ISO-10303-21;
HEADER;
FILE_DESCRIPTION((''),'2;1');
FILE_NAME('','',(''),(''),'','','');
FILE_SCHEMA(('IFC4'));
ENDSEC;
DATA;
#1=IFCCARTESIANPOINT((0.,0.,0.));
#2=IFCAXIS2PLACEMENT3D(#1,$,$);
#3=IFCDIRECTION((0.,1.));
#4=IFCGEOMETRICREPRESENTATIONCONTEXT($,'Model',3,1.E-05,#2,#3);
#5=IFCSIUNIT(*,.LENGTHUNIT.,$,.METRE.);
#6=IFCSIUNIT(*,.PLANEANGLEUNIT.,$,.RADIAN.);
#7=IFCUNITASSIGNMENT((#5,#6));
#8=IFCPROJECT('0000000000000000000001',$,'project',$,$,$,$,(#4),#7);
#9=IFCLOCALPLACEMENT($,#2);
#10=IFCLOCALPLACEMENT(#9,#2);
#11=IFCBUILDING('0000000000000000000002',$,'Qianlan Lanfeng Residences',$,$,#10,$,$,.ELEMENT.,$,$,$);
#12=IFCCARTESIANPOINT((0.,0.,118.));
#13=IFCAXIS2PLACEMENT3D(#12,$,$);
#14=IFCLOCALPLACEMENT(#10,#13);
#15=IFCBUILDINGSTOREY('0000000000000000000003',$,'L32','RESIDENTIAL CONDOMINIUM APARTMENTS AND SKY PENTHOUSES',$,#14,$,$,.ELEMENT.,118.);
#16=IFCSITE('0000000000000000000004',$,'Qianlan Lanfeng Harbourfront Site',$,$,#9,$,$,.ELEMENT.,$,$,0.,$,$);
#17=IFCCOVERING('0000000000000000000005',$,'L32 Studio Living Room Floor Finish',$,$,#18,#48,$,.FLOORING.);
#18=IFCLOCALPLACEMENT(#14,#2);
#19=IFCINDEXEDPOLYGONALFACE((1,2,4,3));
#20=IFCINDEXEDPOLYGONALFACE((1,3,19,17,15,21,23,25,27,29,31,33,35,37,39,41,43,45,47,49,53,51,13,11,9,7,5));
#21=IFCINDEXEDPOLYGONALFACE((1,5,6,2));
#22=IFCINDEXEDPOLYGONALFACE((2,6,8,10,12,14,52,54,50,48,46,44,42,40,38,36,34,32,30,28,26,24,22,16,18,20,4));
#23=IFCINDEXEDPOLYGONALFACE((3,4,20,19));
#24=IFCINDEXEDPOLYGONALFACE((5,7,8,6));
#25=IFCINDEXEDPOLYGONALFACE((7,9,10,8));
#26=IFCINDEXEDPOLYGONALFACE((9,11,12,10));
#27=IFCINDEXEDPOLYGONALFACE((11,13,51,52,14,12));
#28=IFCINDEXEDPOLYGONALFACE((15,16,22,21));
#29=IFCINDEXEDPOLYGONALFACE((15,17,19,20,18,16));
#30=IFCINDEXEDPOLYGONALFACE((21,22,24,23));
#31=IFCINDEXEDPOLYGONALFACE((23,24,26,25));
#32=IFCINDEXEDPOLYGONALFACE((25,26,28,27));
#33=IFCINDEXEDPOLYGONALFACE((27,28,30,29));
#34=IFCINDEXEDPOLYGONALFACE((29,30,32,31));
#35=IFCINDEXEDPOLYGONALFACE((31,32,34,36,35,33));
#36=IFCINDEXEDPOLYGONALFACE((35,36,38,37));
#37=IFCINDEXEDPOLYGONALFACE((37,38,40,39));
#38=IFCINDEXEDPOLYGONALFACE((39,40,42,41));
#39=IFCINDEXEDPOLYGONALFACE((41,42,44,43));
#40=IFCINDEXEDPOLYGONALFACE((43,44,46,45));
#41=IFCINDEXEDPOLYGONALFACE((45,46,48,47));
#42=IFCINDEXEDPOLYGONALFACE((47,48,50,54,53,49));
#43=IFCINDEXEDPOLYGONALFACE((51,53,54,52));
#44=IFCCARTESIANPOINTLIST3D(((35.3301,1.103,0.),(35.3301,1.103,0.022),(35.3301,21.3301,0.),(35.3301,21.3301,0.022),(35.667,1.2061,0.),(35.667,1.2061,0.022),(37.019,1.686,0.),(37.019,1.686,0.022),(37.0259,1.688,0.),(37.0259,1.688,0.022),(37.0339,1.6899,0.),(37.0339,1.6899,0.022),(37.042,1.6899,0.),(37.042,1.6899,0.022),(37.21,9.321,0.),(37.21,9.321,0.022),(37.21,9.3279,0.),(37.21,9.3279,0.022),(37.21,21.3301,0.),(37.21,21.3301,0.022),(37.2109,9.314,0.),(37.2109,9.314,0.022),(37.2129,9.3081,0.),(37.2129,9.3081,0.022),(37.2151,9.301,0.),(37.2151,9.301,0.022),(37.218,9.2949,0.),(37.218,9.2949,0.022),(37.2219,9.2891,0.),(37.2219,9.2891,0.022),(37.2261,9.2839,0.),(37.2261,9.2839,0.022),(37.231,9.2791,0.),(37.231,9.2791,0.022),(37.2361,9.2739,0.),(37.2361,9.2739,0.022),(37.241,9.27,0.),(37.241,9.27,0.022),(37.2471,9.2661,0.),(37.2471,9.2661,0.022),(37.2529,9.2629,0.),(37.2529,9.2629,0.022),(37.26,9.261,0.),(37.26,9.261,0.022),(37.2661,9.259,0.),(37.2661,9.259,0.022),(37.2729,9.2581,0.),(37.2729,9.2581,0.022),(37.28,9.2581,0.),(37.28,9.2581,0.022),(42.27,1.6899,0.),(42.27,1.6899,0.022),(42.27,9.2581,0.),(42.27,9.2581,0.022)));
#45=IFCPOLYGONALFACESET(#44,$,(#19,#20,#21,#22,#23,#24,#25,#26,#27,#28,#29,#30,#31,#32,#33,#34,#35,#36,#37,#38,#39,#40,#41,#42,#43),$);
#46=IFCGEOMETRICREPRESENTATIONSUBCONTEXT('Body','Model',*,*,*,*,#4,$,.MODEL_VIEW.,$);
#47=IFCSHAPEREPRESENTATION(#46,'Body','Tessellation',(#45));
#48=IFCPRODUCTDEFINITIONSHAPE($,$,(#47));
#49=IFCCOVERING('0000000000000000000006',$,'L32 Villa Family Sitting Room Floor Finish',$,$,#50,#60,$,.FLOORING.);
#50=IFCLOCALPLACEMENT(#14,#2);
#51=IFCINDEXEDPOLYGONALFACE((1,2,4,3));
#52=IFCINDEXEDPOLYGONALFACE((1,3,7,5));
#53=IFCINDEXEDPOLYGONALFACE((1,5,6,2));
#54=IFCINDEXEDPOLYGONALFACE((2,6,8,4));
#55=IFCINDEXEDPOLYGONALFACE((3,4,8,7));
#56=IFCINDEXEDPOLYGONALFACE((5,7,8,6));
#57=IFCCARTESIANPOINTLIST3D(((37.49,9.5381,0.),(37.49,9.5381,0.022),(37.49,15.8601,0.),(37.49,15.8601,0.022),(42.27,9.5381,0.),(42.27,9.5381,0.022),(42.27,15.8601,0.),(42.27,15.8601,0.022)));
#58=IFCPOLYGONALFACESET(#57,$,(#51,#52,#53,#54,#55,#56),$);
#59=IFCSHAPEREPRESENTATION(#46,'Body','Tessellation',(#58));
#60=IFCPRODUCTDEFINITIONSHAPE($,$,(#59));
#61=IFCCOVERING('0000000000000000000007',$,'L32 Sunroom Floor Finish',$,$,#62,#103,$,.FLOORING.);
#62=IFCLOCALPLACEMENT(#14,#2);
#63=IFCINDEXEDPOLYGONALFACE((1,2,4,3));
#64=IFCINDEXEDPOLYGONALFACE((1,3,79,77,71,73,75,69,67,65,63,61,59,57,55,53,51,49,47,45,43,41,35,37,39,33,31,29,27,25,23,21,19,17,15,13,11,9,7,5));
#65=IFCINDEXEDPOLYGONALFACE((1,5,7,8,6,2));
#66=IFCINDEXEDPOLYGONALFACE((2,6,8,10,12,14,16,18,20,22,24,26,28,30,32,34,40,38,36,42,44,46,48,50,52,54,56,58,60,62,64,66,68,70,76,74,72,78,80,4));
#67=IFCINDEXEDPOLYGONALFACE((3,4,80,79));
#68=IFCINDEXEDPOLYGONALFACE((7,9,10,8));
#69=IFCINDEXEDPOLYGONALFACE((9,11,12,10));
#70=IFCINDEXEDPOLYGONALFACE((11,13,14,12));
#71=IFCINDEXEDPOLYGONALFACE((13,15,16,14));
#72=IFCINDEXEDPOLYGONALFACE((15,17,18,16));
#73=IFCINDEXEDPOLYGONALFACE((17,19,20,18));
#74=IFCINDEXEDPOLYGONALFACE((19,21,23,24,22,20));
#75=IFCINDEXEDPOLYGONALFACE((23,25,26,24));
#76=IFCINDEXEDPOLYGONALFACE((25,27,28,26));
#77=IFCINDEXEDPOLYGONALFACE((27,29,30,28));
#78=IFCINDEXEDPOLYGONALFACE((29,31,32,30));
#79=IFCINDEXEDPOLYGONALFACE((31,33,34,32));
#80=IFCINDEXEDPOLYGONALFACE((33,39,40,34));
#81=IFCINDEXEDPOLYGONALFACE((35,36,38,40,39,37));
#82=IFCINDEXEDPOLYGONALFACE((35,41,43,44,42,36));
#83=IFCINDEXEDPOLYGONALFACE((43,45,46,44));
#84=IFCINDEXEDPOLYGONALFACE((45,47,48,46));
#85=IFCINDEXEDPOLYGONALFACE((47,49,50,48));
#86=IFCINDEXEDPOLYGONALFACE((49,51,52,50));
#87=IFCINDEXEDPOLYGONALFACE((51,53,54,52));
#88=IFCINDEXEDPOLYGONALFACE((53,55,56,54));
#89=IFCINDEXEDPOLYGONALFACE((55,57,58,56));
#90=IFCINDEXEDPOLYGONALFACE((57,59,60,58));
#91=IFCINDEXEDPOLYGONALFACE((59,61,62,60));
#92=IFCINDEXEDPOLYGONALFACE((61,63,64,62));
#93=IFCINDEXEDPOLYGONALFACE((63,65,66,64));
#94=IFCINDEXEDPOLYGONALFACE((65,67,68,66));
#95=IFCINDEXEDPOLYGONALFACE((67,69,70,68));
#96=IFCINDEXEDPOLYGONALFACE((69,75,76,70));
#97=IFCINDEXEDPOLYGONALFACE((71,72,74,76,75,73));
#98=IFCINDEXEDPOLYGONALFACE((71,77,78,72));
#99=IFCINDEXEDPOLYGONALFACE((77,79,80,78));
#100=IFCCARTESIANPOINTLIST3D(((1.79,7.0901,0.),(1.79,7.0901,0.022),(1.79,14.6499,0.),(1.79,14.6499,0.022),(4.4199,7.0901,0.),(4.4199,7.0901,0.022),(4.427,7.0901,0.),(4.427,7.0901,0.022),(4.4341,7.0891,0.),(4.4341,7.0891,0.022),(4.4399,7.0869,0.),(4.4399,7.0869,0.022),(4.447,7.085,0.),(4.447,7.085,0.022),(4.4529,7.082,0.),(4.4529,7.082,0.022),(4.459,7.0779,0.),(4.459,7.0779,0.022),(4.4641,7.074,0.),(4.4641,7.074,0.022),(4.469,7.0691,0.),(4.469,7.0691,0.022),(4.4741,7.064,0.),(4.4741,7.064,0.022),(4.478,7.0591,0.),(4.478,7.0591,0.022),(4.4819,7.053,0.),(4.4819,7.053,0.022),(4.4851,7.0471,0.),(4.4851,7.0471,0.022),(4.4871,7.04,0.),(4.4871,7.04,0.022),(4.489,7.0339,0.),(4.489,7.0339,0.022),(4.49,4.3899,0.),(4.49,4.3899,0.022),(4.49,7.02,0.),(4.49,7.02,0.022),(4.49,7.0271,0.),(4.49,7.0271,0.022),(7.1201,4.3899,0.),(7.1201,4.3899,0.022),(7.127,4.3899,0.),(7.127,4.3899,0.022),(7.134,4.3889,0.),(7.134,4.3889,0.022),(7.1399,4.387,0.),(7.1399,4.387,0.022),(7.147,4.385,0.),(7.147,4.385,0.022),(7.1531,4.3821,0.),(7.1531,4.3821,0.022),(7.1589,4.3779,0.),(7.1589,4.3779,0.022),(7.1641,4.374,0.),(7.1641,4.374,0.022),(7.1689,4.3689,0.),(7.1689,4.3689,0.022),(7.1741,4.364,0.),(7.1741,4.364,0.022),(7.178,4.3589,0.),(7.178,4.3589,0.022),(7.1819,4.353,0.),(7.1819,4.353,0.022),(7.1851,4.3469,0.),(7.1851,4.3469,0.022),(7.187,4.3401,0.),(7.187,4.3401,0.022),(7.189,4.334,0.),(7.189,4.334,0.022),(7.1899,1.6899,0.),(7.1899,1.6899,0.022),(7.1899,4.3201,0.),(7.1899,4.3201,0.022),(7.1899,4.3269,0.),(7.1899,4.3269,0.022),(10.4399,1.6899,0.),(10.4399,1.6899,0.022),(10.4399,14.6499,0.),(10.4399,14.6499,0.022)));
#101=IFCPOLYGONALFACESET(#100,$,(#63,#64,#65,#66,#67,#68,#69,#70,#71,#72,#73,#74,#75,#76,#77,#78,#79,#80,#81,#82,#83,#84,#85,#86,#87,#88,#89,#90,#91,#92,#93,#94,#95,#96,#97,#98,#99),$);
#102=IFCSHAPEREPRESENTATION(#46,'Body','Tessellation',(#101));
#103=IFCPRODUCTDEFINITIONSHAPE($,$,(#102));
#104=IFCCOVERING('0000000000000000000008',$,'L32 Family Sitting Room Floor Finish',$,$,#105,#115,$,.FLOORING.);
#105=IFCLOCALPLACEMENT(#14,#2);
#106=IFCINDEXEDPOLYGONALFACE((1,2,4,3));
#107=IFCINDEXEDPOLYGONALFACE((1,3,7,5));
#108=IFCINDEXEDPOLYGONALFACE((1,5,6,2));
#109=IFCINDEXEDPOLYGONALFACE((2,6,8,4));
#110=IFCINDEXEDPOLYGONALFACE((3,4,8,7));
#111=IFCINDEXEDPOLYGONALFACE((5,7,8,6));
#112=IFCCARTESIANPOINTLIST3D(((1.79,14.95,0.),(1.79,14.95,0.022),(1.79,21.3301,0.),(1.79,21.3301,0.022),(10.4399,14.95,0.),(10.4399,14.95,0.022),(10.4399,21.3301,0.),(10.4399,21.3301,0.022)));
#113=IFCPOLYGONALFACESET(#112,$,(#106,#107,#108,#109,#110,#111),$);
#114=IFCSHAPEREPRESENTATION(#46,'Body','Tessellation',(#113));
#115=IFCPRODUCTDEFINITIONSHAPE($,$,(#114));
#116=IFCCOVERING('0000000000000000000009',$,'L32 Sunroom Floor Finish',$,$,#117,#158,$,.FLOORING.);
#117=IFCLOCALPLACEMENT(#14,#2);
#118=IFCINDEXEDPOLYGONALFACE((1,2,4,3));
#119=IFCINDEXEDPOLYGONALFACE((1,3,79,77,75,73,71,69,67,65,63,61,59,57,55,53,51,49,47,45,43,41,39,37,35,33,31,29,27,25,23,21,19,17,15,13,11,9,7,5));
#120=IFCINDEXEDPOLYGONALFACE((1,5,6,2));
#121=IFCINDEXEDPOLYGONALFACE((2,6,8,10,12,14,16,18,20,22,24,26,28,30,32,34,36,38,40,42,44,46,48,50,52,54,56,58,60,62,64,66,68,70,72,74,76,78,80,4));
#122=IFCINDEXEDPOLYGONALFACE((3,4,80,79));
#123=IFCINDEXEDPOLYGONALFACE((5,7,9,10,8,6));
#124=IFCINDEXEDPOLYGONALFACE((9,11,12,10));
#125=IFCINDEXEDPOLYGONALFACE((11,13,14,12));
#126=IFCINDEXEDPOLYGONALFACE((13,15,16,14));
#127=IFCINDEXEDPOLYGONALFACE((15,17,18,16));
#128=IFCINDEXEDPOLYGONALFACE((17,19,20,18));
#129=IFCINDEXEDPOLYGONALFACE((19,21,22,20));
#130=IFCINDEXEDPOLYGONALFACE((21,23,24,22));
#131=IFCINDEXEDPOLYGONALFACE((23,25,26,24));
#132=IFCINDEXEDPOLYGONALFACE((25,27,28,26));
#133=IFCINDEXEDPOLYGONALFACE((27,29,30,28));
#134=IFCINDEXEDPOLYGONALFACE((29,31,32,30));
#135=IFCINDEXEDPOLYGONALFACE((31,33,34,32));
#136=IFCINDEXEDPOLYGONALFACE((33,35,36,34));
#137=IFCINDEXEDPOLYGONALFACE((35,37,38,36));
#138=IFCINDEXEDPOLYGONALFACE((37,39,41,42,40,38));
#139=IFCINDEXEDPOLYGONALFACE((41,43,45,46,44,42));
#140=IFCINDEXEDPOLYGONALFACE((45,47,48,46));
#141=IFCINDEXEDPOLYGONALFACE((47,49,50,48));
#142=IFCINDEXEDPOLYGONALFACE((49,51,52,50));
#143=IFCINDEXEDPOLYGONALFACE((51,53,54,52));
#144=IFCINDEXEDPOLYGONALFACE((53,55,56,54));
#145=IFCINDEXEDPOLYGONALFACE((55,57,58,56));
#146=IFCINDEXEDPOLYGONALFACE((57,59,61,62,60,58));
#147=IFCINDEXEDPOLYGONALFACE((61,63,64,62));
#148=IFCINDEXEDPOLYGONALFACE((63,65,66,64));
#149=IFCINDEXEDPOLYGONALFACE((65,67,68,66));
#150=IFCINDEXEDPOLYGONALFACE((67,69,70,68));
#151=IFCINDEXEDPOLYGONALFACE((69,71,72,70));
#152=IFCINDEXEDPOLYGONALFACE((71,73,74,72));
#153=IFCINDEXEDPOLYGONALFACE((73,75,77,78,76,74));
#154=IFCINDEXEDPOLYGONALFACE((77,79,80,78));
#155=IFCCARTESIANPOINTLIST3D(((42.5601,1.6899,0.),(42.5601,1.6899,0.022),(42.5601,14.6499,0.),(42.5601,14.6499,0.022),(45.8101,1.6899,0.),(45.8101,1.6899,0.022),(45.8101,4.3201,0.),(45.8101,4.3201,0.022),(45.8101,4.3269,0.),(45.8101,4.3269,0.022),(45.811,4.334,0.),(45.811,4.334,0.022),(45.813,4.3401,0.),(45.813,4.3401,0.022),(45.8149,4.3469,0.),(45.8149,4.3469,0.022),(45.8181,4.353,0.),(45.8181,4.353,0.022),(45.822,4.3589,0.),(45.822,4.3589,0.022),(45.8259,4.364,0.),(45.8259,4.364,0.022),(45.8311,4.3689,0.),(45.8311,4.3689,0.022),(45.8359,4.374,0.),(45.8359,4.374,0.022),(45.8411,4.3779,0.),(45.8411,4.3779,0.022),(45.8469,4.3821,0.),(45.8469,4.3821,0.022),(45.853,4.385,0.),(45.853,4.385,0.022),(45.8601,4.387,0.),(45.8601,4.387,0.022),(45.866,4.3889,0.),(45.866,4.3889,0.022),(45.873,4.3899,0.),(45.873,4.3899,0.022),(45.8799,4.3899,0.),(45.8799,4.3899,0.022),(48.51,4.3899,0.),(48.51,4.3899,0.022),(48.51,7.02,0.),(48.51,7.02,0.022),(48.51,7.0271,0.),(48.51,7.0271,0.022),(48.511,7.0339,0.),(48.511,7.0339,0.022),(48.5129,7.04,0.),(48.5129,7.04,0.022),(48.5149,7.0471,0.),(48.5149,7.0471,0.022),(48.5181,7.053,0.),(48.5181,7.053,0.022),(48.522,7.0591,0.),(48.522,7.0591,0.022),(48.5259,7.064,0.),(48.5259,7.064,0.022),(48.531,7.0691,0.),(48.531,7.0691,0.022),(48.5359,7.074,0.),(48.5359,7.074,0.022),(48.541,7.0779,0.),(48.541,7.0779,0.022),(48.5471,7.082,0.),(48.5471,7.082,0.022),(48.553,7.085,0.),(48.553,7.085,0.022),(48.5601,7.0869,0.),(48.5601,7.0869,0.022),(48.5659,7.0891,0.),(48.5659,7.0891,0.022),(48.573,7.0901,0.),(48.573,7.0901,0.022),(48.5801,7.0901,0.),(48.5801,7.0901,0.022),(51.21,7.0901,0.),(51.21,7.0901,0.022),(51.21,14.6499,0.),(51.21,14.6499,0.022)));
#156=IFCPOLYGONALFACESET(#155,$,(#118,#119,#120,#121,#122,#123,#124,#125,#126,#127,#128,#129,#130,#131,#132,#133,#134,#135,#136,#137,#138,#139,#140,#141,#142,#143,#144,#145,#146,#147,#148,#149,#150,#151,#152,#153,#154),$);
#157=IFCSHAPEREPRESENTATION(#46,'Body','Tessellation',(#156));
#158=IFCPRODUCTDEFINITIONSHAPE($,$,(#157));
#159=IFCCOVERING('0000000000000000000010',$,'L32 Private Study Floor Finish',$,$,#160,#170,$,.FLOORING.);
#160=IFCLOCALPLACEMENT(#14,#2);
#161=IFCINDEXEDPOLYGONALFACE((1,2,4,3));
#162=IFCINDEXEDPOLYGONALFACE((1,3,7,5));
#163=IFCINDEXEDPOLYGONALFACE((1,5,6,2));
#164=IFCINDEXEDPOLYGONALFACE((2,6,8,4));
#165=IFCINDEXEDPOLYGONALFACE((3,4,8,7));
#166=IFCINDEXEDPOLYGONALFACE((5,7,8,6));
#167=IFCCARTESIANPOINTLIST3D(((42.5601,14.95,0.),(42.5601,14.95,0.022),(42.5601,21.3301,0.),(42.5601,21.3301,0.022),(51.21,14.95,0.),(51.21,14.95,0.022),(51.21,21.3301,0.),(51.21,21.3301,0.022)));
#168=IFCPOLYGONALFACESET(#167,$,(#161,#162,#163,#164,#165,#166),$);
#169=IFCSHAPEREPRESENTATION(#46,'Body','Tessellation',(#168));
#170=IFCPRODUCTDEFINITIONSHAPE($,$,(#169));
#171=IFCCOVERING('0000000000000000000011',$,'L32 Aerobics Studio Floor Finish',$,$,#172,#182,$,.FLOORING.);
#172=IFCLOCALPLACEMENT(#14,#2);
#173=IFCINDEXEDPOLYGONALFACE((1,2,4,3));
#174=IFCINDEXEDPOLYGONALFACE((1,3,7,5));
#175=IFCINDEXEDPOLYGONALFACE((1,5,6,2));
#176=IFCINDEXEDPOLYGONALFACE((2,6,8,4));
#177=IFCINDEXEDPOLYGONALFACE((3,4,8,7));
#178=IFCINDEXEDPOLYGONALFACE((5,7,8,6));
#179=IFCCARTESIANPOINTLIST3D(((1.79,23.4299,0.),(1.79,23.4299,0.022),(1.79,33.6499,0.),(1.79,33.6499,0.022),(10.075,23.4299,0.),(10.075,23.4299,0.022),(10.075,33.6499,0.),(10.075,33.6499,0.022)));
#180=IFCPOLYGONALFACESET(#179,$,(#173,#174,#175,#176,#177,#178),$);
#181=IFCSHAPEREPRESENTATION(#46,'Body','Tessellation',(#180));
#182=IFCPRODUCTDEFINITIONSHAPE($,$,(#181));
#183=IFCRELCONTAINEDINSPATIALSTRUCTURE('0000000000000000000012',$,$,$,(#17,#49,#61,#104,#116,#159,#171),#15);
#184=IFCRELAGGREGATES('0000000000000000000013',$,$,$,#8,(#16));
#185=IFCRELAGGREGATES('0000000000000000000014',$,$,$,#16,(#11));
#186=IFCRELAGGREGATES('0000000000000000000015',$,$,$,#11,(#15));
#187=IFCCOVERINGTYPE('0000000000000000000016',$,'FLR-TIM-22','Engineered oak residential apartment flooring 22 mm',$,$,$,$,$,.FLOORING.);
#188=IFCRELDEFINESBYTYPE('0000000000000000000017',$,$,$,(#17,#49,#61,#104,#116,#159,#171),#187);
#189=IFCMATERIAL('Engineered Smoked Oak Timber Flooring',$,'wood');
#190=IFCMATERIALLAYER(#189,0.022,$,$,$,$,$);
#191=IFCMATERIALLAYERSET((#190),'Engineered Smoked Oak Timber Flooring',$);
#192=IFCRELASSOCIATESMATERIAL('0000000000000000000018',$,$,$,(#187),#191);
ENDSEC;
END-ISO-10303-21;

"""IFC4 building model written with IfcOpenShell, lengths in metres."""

from ifc_helpers import new_model, si_unit, direction, frame, origin, place, context, subcontext, project, spatial, polyline, outline, extrude, material, layer, layer_set, type_object, element, save


model = new_model("IFC4")

# Units and contexts
model_context = context("Model", 3, precision=1e-05, world=origin(), true_north=direction((0.0, 1.0)))
body_context = subcontext(model_context, "Body", "Model", "MODEL_VIEW")
ifc_project = project(units=[si_unit("LENGTHUNIT", "METRE"), si_unit("PLANEANGLEUNIT", "RADIAN")], contexts=[model_context])

# Site, building, storey
site_placement = place(None, origin())
site = spatial("IfcSite", under=ifc_project, at=site_placement, Name="Qianlan Lanfeng Harbourfront Site", CompositionType="ELEMENT", RefElevation=0.0)
building_placement = place(site_placement, origin())
building = spatial("IfcBuilding", under=site, at=building_placement, Name="Qianlan Lanfeng Residences", CompositionType="ELEMENT")
storey_placement = place(building_placement, frame((0.0, 0.0, 118.0)))
storey = spatial("IfcBuildingStorey", under=building, at=storey_placement, Name="L32", Description="RESIDENTIAL CONDOMINIUM APARTMENTS AND SKY PENTHOUSES", CompositionType="ELEMENT", Elevation=118.0)

# Coverings
ifc_material_1 = material(Name="Engineered Smoked Oak Timber Flooring", Category="wood")
ifc_layer_1 = layer(ifc_material_1, 0.022)
ifc_layer_set_1 = layer_set([ifc_layer_1], Name="Engineered Smoked Oak Timber Flooring")
covering_type_1 = type_object("IfcCoveringType", Name="FLR-TIM-22", Description="Engineered oak residential apartment flooring 22 mm", PredefinedType="FLOORING", material=ifc_layer_set_1)
covering_1_placement = place(storey_placement, origin())
element("IfcCovering", 1, at=covering_1_placement, inside=storey, type_object=covering_type_1, Name="L32 Studio Living Room Floor Finish", PredefinedType="FLOORING", context=body_context, shape_type="SweptSolid", body=[
    extrude(outline(polyline([(42.27, 1.6899), (42.27, 9.2581), (37.28, 9.2581), (37.2729, 9.2581), (37.2661, 9.259), (37.26, 9.261), (37.2529, 9.2629), (37.2471, 9.2661), (37.241, 9.27), (37.2361, 9.2739), (37.231, 9.2791), (37.2261, 9.2839), (37.2219, 9.2891), (37.218, 9.2949), (37.2151, 9.301), (37.2129, 9.3081), (37.2109, 9.314), (37.21, 9.321), (37.21, 9.3279), (37.21, 21.3301), (35.3301, 21.3301), (35.3301, 1.103), (35.667, 1.2061), (37.019, 1.686), (37.0259, 1.688), (37.0339, 1.6899), (37.042, 1.6899), (42.27, 1.6899)])), origin(), (0.0, 0.0, 1.0), 0.022),
])
covering_2_placement = place(storey_placement, origin())
element("IfcCovering", 2, at=covering_2_placement, inside=storey, type_object=covering_type_1, Name="L32 Villa Family Sitting Room Floor Finish", PredefinedType="FLOORING", context=body_context, shape_type="SweptSolid", body=[
    extrude(outline(polyline([(37.49, 15.8601), (37.49, 9.5381), (42.27, 9.5381), (42.27, 15.8601), (37.49, 15.8601)])), origin(), (0.0, 0.0, 1.0), 0.022),
])
covering_3_placement = place(storey_placement, origin())
element("IfcCovering", 3, at=covering_3_placement, inside=storey, type_object=covering_type_1, Name="L32 Sunroom Floor Finish", PredefinedType="FLOORING", context=body_context, shape_type="SweptSolid", body=[
    extrude(outline(polyline([(10.4399, 14.6499), (1.79, 14.6499), (1.79, 7.0901), (4.4199, 7.0901), (4.427, 7.0901), (4.4341, 7.0891), (4.4399, 7.0869), (4.447, 7.085), (4.4529, 7.082), (4.459, 7.0779), (4.4641, 7.074), (4.469, 7.0691), (4.4741, 7.064), (4.478, 7.0591), (4.4819, 7.053), (4.4851, 7.0471), (4.4871, 7.04), (4.489, 7.0339), (4.49, 7.0271), (4.49, 7.02), (4.49, 4.3899), (7.1201, 4.3899), (7.127, 4.3899), (7.134, 4.3889), (7.1399, 4.387), (7.147, 4.385), (7.1531, 4.3821), (7.1589, 4.3779), (7.1641, 4.374), (7.1689, 4.3689), (7.1741, 4.364), (7.178, 4.3589), (7.1819, 4.353), (7.1851, 4.3469), (7.187, 4.3401), (7.189, 4.334), (7.1899, 4.3269), (7.1899, 4.3201), (7.1899, 1.6899), (10.4399, 1.6899), (10.4399, 14.6499)])), origin(), (0.0, 0.0, 1.0), 0.022),
])
covering_4_placement = place(storey_placement, origin())
element("IfcCovering", 4, at=covering_4_placement, inside=storey, type_object=covering_type_1, Name="L32 Family Sitting Room Floor Finish", PredefinedType="FLOORING", context=body_context, shape_type="SweptSolid", body=[
    extrude(outline(polyline([(10.4399, 21.3301), (1.79, 21.3301), (1.79, 14.95), (10.4399, 14.95), (10.4399, 21.3301)])), origin(), (0.0, 0.0, 1.0), 0.022),
])
covering_5_placement = place(storey_placement, origin())
element("IfcCovering", 5, at=covering_5_placement, inside=storey, type_object=covering_type_1, Name="L32 Sunroom Floor Finish", PredefinedType="FLOORING", context=body_context, shape_type="SweptSolid", body=[
    extrude(outline(polyline([(51.21, 14.6499), (42.5601, 14.6499), (42.5601, 1.6899), (45.8101, 1.6899), (45.8101, 4.3201), (45.8101, 4.3269), (45.811, 4.334), (45.813, 4.3401), (45.8149, 4.3469), (45.8181, 4.353), (45.822, 4.3589), (45.8259, 4.364), (45.8311, 4.3689), (45.8359, 4.374), (45.8411, 4.3779), (45.8469, 4.3821), (45.853, 4.385), (45.8601, 4.387), (45.866, 4.3889), (45.873, 4.3899), (45.8799, 4.3899), (48.51, 4.3899), (48.51, 7.02), (48.51, 7.0271), (48.511, 7.0339), (48.5129, 7.04), (48.5149, 7.0471), (48.5181, 7.053), (48.522, 7.0591), (48.5259, 7.064), (48.531, 7.0691), (48.5359, 7.074), (48.541, 7.0779), (48.5471, 7.082), (48.553, 7.085), (48.5601, 7.0869), (48.5659, 7.0891), (48.573, 7.0901), (48.5801, 7.0901), (51.21, 7.0901), (51.21, 14.6499)])), origin(), (0.0, 0.0, 1.0), 0.022),
])
covering_6_placement = place(storey_placement, origin())
element("IfcCovering", 6, at=covering_6_placement, inside=storey, type_object=covering_type_1, Name="L32 Private Study Floor Finish", PredefinedType="FLOORING", context=body_context, shape_type="SweptSolid", body=[
    extrude(outline(polyline([(51.21, 21.3301), (42.5601, 21.3301), (42.5601, 14.95), (51.21, 14.95), (51.21, 21.3301)])), origin(), (0.0, 0.0, 1.0), 0.022),
])
covering_7_placement = place(storey_placement, origin())
element("IfcCovering", 7, at=covering_7_placement, inside=storey, type_object=covering_type_1, Name="L32 Aerobics Studio Floor Finish", PredefinedType="FLOORING", context=body_context, shape_type="SweptSolid", body=[
    extrude(outline(polyline([(10.075, 33.6499), (1.79, 33.6499), (1.79, 23.4299), (10.075, 23.4299), (10.075, 33.6499)])), origin(), (0.0, 0.0, 1.0), 0.022),
])

save(model, "model.ifc")
